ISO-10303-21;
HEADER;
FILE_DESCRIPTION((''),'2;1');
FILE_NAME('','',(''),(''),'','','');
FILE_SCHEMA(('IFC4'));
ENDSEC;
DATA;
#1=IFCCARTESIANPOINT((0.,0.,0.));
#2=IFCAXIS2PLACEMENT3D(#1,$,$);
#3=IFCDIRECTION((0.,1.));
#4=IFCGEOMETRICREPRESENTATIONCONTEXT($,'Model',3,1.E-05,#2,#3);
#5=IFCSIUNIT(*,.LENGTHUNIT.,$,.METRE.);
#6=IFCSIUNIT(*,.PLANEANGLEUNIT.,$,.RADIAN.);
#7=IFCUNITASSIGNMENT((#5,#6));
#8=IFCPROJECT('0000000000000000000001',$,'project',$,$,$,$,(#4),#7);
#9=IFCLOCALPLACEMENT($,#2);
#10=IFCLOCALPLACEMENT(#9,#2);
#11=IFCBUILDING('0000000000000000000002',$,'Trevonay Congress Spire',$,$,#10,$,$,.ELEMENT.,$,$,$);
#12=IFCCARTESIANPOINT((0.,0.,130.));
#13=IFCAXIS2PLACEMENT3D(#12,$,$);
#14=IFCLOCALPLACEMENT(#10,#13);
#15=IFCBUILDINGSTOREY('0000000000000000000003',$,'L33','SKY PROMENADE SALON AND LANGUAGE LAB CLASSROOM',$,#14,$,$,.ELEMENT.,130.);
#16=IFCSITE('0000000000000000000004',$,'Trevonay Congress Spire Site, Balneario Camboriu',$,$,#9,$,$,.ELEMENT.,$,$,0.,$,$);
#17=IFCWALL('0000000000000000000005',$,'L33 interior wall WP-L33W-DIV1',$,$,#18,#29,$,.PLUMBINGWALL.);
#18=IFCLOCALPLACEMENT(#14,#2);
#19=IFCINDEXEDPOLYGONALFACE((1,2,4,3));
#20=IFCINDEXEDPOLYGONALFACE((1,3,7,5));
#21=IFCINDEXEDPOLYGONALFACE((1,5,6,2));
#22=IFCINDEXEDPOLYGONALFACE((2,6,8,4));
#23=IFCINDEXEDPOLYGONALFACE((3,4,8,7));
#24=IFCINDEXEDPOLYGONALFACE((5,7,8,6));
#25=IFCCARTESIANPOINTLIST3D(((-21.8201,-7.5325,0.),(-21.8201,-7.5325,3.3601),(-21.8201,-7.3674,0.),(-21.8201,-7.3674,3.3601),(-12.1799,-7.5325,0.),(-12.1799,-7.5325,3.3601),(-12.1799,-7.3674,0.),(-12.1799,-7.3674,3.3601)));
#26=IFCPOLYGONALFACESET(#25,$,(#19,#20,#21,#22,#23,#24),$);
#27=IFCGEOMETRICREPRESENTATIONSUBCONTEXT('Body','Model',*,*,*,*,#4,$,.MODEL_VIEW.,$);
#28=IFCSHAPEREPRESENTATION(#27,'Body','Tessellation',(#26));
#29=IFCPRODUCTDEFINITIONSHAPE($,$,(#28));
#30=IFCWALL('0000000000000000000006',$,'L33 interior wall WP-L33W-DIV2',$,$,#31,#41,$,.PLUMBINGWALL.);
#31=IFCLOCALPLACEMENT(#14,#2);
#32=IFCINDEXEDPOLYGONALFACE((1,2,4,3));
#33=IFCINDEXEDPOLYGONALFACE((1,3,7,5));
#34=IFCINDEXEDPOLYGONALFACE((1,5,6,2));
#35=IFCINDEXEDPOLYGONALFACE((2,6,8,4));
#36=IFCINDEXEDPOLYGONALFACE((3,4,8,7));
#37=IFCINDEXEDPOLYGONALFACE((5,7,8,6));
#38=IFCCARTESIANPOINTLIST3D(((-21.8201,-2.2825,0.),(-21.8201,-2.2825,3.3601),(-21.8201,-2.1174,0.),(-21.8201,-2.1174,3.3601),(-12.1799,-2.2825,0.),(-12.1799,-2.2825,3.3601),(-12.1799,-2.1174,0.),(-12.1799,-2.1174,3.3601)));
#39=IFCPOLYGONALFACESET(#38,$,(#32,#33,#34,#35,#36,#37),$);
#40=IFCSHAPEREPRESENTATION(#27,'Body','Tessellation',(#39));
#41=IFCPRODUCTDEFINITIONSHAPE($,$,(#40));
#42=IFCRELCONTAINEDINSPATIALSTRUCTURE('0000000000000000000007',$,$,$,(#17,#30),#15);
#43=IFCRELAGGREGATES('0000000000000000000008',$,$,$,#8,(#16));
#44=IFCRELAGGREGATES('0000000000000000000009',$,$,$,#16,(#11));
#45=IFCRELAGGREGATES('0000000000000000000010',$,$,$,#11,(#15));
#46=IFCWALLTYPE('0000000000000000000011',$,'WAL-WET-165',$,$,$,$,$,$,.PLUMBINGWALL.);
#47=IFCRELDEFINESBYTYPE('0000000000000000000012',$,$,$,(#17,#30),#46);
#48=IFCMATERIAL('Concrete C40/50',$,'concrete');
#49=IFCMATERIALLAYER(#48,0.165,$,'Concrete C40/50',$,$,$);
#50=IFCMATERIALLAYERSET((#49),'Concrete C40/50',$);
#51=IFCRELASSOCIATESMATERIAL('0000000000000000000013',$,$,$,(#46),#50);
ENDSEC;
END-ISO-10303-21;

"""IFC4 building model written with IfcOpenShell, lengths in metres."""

from ifc_helpers import new_model, si_unit, direction, frame, frame_2d, origin, place, context, subcontext, project, spatial, rectangle, extrude, material, layer, layer_set, type_object, element, save


model = new_model("IFC4")

# Units and contexts
model_context = context("Model", 3, precision=1e-05, world=origin(), true_north=direction((0.0, 1.0)))
body_context = subcontext(model_context, "Body", "Model", "MODEL_VIEW")
ifc_project = project(units=[si_unit("LENGTHUNIT", "METRE"), si_unit("PLANEANGLEUNIT", "RADIAN")], contexts=[model_context])

# Site, building, storey
site_placement = place(None, origin())
site = spatial("IfcSite", under=ifc_project, at=site_placement, Name="Trevonay Congress Spire Site, Balneario Camboriu", CompositionType="ELEMENT", RefElevation=0.0)
building_placement = place(site_placement, origin())
building = spatial("IfcBuilding", under=site, at=building_placement, Name="Trevonay Congress Spire", CompositionType="ELEMENT")
storey_placement = place(building_placement, frame((0.0, 0.0, 130.0)))
storey = spatial("IfcBuildingStorey", under=building, at=storey_placement, Name="L33", Description="SKY PROMENADE SALON AND LANGUAGE LAB CLASSROOM", CompositionType="ELEMENT", Elevation=130.0)

# Shared definitions
ifc_material_1 = material(Name="Concrete C40/50", Category="concrete")

# Walls
ifc_layer_1 = layer(ifc_material_1, 0.165, Name="Concrete C40/50")
ifc_layer_set_1 = layer_set([ifc_layer_1], Name="Concrete C40/50")
wall_type_1 = type_object("IfcWallType", Name="WAL-WET-165", PredefinedType="PLUMBINGWALL", material=ifc_layer_set_1)
for number, where, z_axis, x_axis, name in (
    (1, (-21.8201, -7.45, 0.0), (0.0, 0.0, 1.0), (1.0, 0.0, 0.0), "L33 interior wall WP-L33W-DIV1"),
    (2, (-21.8201, -2.2, 0.0), (0.0, 0.0, 1.0), (1.0, 0.0, 0.0), "L33 interior wall WP-L33W-DIV2"),
):
    element("IfcWall", number, at=place(storey_placement, frame(where, z_axis=z_axis, x_axis=x_axis)), inside=storey, type_object=wall_type_1, Name=name, PredefinedType="PLUMBINGWALL", context=body_context, shape_type="SweptSolid", body=[
        extrude(rectangle(XDim=9.6401, YDim=0.165, at=frame_2d((4.8201, 0.0))), origin(), (0.0, 0.0, 1.0), 3.3601),
    ])

save(model, "model.ifc")
